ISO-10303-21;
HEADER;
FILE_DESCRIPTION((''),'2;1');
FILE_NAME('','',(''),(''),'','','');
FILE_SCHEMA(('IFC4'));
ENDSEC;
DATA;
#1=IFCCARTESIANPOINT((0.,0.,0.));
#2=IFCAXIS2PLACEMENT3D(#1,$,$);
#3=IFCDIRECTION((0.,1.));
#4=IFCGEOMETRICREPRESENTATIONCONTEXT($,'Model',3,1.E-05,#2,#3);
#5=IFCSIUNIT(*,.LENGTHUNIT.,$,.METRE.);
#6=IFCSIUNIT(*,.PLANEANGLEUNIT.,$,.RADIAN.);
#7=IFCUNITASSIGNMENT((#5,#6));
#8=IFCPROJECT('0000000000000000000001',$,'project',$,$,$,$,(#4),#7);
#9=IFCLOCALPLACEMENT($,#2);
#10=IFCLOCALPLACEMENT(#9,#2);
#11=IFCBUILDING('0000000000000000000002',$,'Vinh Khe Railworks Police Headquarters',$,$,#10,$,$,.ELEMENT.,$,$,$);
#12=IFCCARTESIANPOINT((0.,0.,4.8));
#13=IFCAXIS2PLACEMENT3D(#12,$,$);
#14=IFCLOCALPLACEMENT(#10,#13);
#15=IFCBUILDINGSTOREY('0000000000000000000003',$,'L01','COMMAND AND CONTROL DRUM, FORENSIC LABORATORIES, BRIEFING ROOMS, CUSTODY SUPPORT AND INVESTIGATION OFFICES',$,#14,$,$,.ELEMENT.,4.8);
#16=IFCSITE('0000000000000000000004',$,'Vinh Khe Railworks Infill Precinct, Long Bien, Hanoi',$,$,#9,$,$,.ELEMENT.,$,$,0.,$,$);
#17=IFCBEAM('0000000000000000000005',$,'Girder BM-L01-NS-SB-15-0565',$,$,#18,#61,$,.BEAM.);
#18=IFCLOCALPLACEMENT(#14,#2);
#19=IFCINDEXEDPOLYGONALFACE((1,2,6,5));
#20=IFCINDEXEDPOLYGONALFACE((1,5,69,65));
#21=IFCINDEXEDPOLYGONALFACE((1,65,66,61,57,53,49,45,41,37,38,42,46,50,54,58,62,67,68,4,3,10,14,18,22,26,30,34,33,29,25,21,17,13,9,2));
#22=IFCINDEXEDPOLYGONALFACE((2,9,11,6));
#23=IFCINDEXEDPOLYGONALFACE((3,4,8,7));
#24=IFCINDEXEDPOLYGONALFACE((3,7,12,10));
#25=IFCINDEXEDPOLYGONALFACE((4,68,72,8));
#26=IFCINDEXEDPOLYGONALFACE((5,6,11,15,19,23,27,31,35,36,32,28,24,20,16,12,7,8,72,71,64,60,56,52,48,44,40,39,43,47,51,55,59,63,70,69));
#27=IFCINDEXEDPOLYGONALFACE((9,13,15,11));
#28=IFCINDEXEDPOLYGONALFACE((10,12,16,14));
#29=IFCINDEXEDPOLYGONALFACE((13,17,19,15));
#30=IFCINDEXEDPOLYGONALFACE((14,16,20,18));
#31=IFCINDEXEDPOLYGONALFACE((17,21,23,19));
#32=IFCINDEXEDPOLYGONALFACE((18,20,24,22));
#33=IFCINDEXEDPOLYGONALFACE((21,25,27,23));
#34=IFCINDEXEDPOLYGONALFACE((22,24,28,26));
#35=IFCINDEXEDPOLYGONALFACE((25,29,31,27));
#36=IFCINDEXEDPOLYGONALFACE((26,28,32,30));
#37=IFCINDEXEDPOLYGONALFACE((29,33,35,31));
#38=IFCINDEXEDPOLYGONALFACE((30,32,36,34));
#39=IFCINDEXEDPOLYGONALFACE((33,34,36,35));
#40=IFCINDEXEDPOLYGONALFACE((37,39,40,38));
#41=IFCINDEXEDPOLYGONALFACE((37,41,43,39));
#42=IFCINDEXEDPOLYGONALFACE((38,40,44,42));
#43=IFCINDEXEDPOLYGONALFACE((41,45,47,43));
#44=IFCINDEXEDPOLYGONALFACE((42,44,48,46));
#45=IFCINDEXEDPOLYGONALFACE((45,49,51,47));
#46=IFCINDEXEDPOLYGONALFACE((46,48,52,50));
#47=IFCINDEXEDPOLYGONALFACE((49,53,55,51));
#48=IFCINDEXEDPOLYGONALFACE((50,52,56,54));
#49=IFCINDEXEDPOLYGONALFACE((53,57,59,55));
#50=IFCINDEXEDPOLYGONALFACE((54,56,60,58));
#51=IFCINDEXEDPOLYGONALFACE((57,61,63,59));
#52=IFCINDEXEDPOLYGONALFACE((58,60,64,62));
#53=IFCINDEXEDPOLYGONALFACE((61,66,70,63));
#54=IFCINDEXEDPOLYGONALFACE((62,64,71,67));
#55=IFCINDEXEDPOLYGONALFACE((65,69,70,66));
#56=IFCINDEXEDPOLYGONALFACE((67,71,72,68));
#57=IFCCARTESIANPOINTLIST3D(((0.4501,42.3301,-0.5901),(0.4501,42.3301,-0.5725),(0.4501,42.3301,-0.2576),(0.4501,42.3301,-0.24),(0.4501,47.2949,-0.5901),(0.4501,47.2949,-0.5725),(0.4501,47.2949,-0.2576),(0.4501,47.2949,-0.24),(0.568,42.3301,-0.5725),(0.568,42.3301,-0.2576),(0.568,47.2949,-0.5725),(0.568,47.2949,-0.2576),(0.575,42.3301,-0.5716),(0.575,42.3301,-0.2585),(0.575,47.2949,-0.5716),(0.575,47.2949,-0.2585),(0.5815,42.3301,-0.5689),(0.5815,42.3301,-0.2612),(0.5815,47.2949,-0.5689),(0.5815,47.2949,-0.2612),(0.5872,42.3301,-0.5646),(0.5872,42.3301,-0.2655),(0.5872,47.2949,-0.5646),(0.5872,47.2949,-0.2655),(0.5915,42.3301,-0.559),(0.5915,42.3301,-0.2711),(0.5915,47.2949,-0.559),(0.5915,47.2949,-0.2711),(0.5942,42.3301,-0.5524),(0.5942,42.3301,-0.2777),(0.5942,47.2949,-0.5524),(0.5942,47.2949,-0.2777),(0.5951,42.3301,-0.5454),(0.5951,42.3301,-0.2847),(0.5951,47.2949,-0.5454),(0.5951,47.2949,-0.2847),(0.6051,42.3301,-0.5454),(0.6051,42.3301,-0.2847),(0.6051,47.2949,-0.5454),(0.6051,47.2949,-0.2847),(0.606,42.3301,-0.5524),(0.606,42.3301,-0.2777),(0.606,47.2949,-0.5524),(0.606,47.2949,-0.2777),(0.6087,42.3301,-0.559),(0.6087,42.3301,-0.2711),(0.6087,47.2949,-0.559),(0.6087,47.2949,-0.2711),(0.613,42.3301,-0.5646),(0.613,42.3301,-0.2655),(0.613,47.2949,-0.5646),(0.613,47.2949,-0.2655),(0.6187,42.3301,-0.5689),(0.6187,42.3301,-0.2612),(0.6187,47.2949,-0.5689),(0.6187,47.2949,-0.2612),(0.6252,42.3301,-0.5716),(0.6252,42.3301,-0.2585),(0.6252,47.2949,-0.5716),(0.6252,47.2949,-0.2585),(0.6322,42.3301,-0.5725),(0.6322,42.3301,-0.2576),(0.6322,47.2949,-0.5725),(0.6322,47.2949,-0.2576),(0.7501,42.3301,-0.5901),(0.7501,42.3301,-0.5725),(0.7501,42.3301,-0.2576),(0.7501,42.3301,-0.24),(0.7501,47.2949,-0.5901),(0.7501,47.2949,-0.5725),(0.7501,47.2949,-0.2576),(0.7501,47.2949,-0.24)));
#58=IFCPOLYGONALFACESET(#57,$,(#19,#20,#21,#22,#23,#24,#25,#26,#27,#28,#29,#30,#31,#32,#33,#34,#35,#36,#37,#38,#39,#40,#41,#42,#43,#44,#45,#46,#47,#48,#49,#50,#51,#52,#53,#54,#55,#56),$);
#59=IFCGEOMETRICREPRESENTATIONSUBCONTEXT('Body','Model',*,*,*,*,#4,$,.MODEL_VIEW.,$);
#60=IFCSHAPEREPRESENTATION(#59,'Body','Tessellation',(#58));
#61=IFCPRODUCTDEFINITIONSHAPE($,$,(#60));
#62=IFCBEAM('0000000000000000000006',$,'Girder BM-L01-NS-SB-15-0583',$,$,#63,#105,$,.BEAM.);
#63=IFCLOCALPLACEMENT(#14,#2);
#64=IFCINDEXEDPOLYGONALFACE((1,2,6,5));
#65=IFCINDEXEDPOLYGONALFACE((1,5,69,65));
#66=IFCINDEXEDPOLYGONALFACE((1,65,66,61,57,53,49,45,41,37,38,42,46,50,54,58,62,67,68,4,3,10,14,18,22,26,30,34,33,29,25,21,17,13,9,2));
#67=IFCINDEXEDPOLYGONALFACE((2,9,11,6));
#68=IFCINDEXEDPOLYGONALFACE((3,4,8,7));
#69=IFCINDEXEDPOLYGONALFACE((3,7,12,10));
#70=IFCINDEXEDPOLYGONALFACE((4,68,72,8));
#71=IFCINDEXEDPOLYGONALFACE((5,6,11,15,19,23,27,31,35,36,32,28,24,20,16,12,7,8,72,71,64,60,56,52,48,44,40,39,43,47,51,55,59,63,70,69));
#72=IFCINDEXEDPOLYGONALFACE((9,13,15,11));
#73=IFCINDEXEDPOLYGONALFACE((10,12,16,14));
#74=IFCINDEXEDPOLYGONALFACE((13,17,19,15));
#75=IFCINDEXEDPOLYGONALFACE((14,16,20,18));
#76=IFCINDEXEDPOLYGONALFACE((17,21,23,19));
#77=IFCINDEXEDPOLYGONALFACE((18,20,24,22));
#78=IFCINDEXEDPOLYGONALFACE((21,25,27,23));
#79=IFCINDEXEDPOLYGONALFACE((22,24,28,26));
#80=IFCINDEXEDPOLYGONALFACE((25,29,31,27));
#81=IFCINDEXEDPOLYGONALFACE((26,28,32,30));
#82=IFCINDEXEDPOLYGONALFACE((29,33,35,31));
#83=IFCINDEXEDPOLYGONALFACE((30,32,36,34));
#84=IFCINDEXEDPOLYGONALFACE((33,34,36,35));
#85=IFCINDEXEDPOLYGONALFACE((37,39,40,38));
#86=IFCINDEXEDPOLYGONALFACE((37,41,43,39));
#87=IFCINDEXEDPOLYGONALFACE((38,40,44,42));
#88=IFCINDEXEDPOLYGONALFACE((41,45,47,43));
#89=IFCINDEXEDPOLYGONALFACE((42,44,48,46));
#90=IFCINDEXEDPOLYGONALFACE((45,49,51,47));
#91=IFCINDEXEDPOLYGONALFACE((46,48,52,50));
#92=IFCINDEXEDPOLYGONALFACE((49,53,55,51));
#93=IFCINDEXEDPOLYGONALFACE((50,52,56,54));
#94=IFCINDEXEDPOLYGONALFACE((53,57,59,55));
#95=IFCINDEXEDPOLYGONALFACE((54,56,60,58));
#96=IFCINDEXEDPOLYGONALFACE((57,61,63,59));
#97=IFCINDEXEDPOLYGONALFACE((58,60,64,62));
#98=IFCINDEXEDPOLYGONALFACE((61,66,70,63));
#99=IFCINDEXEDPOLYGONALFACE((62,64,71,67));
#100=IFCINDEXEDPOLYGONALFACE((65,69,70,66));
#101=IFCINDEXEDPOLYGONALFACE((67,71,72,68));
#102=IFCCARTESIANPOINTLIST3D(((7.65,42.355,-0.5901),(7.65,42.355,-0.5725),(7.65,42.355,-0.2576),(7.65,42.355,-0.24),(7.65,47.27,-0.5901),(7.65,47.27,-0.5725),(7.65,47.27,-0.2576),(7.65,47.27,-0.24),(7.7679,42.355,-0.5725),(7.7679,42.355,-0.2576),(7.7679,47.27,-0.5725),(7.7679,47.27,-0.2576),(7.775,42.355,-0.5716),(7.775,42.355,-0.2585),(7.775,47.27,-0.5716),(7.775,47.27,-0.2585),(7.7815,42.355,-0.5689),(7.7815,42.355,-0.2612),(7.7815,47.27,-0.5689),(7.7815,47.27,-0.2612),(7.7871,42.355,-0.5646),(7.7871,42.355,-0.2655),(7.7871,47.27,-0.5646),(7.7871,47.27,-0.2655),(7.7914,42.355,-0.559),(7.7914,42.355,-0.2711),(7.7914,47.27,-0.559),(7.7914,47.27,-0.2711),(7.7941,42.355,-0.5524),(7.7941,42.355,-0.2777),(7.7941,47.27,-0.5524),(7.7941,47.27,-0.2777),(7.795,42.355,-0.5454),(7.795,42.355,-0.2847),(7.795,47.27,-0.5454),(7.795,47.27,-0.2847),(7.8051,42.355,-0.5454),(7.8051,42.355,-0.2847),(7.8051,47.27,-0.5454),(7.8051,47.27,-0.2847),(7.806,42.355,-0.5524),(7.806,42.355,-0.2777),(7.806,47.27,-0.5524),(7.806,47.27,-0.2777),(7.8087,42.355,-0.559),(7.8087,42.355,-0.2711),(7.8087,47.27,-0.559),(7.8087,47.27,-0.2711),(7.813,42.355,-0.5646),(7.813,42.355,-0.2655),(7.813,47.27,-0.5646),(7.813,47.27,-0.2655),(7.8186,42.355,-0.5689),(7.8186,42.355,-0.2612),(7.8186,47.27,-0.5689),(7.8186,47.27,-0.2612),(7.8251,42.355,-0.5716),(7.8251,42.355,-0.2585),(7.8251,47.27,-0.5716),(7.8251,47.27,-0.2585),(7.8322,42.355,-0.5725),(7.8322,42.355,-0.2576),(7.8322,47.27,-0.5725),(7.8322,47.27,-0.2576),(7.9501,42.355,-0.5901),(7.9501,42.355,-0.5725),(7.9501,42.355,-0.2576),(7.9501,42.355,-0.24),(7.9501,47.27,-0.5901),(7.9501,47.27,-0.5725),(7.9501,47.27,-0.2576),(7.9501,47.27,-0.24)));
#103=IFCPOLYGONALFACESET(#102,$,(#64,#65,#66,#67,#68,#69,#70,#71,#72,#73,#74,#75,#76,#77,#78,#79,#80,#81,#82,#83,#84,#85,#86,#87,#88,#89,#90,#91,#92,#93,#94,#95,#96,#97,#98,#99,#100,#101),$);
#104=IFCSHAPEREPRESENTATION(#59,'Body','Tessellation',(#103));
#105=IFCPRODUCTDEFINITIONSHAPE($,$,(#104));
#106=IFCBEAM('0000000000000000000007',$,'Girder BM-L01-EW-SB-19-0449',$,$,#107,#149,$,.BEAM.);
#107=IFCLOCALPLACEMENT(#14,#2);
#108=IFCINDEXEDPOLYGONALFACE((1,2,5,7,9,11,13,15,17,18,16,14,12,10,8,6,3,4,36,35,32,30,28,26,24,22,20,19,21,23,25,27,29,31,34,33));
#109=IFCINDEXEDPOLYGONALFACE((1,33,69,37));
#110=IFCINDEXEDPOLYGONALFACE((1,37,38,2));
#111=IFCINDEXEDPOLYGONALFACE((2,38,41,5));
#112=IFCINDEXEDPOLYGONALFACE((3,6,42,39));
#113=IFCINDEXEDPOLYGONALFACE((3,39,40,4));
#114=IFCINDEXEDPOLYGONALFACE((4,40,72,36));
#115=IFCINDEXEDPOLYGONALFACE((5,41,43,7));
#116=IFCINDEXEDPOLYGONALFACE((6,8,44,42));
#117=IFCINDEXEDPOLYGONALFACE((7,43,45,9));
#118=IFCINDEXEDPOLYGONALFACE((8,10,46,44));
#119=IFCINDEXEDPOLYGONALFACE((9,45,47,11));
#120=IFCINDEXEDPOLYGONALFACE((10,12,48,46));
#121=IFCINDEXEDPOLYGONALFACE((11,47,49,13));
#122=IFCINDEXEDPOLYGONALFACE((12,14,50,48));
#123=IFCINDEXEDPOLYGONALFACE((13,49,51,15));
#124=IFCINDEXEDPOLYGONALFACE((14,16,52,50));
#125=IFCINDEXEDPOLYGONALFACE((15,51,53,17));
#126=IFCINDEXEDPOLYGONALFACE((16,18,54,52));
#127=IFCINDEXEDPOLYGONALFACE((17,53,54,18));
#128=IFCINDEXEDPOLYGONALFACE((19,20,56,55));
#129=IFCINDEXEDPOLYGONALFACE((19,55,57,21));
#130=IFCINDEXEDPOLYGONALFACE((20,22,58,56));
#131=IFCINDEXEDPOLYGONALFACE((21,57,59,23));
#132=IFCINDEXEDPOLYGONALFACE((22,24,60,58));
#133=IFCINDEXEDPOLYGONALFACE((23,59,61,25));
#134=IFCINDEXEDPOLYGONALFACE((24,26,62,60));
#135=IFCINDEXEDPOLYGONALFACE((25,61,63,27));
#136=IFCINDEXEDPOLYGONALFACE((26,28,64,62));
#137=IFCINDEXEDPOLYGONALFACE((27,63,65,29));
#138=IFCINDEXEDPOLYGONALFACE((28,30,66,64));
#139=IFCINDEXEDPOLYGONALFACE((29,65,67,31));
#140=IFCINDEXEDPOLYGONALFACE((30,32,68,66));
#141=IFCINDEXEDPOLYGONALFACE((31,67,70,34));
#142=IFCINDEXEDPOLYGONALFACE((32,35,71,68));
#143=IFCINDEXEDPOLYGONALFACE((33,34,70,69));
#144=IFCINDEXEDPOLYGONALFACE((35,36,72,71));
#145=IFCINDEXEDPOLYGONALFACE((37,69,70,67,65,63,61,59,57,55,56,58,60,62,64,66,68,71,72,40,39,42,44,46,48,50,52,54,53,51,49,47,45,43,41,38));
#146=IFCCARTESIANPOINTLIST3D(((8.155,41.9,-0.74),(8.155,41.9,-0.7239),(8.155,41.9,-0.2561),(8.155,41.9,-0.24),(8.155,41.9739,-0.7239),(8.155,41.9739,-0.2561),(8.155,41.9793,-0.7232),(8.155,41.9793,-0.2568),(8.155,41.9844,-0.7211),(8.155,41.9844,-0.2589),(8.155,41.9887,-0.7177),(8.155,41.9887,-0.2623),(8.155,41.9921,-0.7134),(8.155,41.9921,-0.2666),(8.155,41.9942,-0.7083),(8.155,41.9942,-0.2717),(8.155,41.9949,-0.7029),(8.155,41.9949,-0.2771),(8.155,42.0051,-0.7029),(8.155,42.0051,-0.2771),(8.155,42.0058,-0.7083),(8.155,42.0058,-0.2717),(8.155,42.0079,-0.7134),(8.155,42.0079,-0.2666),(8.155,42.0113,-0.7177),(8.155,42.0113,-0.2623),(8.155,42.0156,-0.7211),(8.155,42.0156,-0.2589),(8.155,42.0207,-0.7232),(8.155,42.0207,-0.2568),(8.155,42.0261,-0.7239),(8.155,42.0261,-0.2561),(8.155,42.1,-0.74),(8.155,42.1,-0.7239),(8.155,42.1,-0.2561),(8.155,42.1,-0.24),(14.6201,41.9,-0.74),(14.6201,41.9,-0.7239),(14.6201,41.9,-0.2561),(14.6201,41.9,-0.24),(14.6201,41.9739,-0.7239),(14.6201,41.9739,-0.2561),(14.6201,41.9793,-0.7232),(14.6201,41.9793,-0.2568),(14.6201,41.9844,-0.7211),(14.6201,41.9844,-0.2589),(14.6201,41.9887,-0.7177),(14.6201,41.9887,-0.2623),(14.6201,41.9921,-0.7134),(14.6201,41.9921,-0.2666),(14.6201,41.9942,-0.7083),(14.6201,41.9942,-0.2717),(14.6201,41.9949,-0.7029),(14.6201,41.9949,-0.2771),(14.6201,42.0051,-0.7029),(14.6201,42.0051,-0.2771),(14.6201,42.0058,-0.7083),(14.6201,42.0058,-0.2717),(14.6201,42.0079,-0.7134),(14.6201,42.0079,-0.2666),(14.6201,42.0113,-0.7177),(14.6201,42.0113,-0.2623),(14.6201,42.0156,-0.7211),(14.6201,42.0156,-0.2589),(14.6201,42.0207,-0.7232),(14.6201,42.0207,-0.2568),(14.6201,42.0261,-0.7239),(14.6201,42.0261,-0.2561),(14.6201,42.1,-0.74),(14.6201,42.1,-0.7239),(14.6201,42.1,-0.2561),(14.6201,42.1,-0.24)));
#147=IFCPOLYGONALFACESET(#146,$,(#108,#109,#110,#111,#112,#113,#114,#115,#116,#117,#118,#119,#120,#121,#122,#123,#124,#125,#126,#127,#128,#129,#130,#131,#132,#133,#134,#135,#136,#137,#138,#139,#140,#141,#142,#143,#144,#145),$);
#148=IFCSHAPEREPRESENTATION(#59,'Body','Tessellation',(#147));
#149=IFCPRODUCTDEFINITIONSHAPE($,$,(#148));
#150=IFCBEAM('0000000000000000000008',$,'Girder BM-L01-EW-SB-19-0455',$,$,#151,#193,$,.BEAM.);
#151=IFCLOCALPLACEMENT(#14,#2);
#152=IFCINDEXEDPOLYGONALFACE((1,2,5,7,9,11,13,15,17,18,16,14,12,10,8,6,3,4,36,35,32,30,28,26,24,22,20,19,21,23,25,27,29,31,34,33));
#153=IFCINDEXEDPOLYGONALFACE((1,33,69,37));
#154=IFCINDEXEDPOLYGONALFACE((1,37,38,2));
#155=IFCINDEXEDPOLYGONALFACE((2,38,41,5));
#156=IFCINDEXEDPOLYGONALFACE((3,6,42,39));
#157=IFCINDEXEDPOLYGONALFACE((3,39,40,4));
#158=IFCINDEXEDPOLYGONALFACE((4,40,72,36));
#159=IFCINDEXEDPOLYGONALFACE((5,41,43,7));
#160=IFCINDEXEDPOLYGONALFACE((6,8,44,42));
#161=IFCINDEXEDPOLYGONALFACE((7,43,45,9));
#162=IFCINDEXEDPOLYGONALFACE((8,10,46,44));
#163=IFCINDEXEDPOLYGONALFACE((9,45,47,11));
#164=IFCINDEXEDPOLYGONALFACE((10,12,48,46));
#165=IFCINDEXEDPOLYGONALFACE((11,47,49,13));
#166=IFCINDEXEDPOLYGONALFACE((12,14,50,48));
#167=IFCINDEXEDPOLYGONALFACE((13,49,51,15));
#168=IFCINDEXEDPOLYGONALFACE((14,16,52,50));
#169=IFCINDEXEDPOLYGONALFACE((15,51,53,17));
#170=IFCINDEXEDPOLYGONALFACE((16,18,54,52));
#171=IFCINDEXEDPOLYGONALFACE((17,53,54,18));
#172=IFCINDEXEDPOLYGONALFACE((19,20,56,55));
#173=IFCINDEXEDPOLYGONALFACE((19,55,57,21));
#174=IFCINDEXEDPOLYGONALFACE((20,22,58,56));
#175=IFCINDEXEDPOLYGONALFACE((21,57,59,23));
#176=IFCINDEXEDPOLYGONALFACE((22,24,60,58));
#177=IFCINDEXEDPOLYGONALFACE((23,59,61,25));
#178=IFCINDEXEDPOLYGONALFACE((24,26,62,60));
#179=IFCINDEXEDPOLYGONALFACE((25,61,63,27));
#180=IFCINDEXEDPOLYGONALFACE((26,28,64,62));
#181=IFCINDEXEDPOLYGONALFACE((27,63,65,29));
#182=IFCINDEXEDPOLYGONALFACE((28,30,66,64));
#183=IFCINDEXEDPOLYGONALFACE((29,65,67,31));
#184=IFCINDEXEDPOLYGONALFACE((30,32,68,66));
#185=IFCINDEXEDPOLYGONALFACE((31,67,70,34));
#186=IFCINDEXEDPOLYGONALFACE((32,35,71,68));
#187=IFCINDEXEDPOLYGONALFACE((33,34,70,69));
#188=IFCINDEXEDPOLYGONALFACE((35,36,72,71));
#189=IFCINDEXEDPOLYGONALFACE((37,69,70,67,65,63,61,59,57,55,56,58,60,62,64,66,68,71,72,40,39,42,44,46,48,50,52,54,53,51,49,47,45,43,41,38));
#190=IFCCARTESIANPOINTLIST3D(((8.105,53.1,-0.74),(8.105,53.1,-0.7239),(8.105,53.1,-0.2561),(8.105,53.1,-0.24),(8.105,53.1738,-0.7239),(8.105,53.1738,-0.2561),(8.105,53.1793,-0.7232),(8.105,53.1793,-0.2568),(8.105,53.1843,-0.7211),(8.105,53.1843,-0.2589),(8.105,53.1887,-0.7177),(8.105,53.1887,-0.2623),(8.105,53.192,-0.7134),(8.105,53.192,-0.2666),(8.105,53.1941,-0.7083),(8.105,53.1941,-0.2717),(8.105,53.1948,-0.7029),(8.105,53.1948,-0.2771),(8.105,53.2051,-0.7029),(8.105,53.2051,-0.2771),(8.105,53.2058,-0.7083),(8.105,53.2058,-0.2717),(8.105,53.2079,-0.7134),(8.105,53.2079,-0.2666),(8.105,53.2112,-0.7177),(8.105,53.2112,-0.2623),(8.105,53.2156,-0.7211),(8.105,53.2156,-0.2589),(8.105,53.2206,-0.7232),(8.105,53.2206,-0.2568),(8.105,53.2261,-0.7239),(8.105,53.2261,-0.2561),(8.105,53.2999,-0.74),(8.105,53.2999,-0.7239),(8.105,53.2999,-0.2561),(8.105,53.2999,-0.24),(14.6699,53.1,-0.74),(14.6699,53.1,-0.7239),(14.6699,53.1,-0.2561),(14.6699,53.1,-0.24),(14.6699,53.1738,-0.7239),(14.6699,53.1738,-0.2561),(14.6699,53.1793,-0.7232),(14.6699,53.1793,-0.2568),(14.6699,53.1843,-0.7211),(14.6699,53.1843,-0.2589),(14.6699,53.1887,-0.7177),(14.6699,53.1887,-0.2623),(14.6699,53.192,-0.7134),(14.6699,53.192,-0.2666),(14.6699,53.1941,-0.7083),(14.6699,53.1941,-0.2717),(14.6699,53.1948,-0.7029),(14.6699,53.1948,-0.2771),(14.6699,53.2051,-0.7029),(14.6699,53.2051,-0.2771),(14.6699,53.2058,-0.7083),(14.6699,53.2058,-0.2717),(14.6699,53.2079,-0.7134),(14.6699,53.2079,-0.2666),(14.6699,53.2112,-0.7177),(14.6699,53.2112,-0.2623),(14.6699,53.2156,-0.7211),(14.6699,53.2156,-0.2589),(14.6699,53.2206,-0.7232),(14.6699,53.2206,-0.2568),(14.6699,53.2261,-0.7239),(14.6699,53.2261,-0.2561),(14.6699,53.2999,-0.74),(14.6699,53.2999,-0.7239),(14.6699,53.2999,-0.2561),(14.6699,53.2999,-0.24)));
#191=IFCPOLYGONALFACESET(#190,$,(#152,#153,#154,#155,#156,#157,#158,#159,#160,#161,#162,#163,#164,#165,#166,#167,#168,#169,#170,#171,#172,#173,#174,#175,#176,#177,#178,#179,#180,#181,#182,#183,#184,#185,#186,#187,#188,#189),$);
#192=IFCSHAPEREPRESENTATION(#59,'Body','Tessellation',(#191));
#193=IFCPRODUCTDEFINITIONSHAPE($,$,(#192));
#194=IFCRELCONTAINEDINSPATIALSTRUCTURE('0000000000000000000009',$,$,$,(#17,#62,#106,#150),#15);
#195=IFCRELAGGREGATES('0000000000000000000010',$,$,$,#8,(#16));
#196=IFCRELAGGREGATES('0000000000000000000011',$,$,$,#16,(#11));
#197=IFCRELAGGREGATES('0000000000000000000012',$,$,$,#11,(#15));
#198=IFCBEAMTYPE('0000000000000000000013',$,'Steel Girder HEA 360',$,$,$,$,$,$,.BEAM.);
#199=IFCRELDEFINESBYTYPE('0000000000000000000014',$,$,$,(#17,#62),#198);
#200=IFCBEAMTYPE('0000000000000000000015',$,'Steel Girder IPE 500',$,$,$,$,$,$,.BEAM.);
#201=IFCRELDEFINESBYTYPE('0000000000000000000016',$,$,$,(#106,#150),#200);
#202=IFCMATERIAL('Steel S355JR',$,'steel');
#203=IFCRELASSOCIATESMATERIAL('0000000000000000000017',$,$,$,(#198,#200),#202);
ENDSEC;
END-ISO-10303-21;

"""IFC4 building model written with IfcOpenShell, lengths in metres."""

from ifc_helpers import new_model, si_unit, direction, frame, origin, origin_2d, place, context, subcontext, project, spatial, i_section, extrude, material, material_profile, profile_set, type_object, element, save


model = new_model("IFC4")

# Units and contexts
model_context = context("Model", 3, precision=1e-05, world=origin(), true_north=direction((0.0, 1.0)))
body_context = subcontext(model_context, "Body", "Model", "MODEL_VIEW")
ifc_project = project(units=[si_unit("LENGTHUNIT", "METRE"), si_unit("PLANEANGLEUNIT", "RADIAN")], contexts=[model_context])

# Site, building, storey
site_placement = place(None, origin())
site = spatial("IfcSite", under=ifc_project, at=site_placement, Name="Vinh Khe Railworks Infill Precinct, Long Bien, Hanoi", CompositionType="ELEMENT", RefElevation=0.0)
building_placement = place(site_placement, origin())
building = spatial("IfcBuilding", under=site, at=building_placement, Name="Vinh Khe Railworks Police Headquarters", CompositionType="ELEMENT")
storey_placement = place(building_placement, frame((0.0, 0.0, 4.8)))
storey = spatial("IfcBuildingStorey", under=building, at=storey_placement, Name="L01", Description="COMMAND AND CONTROL DRUM, FORENSIC LABORATORIES, BRIEFING ROOMS, CUSTODY SUPPORT AND INVESTIGATION OFFICES", CompositionType="ELEMENT", Elevation=4.8)

# Beams
ifc_material_1 = material(Name="Steel S355JR", Category="steel")
ifc_material_profile_1 = material_profile(ifc_material_1, i_section(OverallWidth=0.3, OverallDepth=0.3501, WebThickness=0.01, FlangeThickness=0.0176, FilletRadius=0.0271, at=origin_2d()), Name="HEA 360")
ifc_profile_set_1 = profile_set([ifc_material_profile_1], Name="Steel S355JR")
beam_type_1 = type_object("IfcBeamType", Name="Steel Girder HEA 360", PredefinedType="BEAM", material=ifc_profile_set_1)
beam_1_placement = place(storey_placement, frame((0.6001, 42.3301, -0.415), z_axis=(0.0, 1.0, 0.0), x_axis=(-1.0, 0.0, 0.0)))
element("IfcBeam", 1, at=beam_1_placement, inside=storey, type_object=beam_type_1, Name="Girder BM-L01-NS-SB-15-0565", PredefinedType="BEAM", context=body_context, shape_type="SweptSolid", body=[
    extrude(i_section(OverallWidth=0.3, OverallDepth=0.3501, WebThickness=0.01, FlangeThickness=0.0176, FilletRadius=0.0271, at=origin_2d()), origin(), (0.0, 0.0, 1.0), 4.9648),
])
beam_2_placement = place(storey_placement, frame((7.8, 42.355, -0.415), z_axis=(0.0, 1.0, 0.0), x_axis=(-1.0, 0.0, 0.0)))
element("IfcBeam", 2, at=beam_2_placement, inside=storey, type_object=beam_type_1, Name="Girder BM-L01-NS-SB-15-0583", PredefinedType="BEAM", context=body_context, shape_type="SweptSolid", body=[
    extrude(i_section(OverallWidth=0.3, OverallDepth=0.3501, WebThickness=0.01, FlangeThickness=0.0176, FilletRadius=0.0271, at=origin_2d()), origin(), (0.0, 0.0, 1.0), 4.915),
])
ifc_material_profile_2 = material_profile(ifc_material_1, i_section(OverallWidth=0.2, OverallDepth=0.5, WebThickness=0.0103, FlangeThickness=0.0161, FilletRadius=0.021, at=origin_2d()), Name="IPE 500")
ifc_profile_set_2 = profile_set([ifc_material_profile_2], Name="Steel S355JR")
beam_type_2 = type_object("IfcBeamType", Name="Steel Girder IPE 500", PredefinedType="BEAM", material=ifc_profile_set_2)
beam_3_placement = place(storey_placement, frame((8.155, 42.0, -0.49), z_axis=(1.0, 0.0, 0.0), x_axis=(0.0, 1.0, 0.0)))
element("IfcBeam", 3, at=beam_3_placement, inside=storey, type_object=beam_type_2, Name="Girder BM-L01-EW-SB-19-0449", PredefinedType="BEAM", context=body_context, shape_type="SweptSolid", body=[
    extrude(i_section(OverallWidth=0.2, OverallDepth=0.5, WebThickness=0.0103, FlangeThickness=0.0161, FilletRadius=0.021, at=origin_2d()), origin(), (0.0, 0.0, 1.0), 6.4651),
])
beam_4_placement = place(storey_placement, frame((8.105, 53.2, -0.49), z_axis=(1.0, 0.0, 0.0), x_axis=(0.0, 1.0, 0.0)))
element("IfcBeam", 4, at=beam_4_placement, inside=storey, type_object=beam_type_2, Name="Girder BM-L01-EW-SB-19-0455", PredefinedType="BEAM", context=body_context, shape_type="SweptSolid", body=[
    extrude(i_section(OverallWidth=0.2, OverallDepth=0.5, WebThickness=0.0103, FlangeThickness=0.0161, FilletRadius=0.021, at=origin_2d()), origin(), (0.0, 0.0, 1.0), 6.5649),
])

save(model, "model.ifc")
